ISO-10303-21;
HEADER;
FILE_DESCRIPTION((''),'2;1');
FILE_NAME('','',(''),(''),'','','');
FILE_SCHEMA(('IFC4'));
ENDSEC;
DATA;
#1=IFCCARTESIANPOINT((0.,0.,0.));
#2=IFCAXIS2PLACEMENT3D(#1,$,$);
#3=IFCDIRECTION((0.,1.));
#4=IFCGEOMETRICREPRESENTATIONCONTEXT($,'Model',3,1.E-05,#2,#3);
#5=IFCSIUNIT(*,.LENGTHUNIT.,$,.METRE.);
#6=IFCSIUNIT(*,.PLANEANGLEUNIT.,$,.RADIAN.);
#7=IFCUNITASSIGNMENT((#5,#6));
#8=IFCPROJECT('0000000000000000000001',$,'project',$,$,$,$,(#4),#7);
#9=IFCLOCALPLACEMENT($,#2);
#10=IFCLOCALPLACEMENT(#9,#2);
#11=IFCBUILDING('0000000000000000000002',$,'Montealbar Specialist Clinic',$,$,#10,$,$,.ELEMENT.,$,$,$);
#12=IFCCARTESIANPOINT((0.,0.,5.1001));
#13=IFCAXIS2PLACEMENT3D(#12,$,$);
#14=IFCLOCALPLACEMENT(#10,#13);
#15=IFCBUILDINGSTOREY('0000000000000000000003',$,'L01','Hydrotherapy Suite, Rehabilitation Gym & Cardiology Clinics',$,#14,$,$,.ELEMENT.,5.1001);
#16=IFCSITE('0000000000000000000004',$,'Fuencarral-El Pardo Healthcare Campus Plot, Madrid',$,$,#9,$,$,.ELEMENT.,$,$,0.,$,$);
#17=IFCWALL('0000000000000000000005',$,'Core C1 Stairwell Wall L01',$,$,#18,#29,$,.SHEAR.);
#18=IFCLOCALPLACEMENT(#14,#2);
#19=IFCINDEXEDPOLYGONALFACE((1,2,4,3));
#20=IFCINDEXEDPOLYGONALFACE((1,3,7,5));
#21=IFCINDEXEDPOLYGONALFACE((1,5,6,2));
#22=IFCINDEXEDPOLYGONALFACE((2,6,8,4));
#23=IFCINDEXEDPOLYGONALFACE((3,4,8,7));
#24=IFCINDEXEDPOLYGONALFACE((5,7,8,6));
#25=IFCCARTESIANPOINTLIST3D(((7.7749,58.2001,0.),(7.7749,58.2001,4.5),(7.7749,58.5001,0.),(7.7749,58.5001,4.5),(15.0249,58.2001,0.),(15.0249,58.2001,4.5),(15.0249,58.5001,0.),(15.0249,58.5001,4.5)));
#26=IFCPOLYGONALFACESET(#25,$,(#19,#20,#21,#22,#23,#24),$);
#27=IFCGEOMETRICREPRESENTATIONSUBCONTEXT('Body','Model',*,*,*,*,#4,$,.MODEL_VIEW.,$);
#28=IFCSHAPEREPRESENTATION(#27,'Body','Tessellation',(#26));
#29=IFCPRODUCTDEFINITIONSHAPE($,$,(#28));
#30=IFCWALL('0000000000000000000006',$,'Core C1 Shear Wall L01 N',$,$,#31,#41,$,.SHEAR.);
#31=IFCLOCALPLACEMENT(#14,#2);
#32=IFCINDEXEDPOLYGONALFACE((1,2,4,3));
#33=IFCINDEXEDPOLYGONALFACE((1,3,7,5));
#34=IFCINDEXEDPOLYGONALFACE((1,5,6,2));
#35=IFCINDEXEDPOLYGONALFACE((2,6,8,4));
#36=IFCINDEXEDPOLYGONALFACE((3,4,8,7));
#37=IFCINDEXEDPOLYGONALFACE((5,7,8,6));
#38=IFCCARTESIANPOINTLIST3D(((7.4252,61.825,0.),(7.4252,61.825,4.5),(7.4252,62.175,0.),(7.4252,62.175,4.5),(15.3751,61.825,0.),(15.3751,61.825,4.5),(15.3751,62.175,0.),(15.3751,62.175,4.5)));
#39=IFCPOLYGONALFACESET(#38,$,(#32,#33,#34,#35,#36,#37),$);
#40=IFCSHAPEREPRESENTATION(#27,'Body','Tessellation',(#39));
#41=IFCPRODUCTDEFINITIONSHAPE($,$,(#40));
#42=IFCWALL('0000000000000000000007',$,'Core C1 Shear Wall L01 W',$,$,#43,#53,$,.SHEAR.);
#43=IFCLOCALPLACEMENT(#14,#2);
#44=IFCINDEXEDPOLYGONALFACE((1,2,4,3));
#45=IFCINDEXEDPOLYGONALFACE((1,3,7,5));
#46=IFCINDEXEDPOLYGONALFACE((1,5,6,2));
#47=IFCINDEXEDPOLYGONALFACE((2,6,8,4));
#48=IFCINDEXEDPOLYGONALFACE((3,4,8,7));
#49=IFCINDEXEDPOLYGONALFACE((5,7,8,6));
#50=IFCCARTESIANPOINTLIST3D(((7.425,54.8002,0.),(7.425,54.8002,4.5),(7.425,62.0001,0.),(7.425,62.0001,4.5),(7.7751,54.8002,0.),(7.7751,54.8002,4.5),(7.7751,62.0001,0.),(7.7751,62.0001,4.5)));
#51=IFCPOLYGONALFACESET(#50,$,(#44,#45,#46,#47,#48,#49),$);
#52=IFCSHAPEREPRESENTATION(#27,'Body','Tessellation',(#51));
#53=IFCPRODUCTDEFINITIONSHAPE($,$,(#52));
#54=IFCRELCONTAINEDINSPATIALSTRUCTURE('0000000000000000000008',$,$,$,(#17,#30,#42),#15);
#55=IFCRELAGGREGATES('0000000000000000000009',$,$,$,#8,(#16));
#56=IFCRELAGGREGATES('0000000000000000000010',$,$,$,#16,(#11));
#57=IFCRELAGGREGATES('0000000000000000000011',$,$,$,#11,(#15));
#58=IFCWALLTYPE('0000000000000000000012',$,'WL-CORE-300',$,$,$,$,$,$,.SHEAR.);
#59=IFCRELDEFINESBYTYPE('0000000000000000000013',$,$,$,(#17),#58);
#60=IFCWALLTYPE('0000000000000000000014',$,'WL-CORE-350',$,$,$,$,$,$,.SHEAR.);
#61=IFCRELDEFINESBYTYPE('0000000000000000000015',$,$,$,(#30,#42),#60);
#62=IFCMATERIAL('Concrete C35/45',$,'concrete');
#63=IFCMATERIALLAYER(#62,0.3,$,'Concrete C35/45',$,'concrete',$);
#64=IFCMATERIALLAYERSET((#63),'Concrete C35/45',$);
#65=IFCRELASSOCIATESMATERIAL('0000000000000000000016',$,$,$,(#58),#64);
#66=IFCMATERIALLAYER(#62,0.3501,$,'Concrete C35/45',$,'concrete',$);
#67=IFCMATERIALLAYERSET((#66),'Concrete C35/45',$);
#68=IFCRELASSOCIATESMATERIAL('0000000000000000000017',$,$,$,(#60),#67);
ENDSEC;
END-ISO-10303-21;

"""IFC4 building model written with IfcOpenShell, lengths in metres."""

from ifc_helpers import new_model, si_unit, direction, frame, frame_2d, origin, place, context, subcontext, project, spatial, rectangle, extrude, material, layer, layer_set, type_object, element, save


model = new_model("IFC4")

# Units and contexts
model_context = context("Model", 3, precision=1e-05, world=origin(), true_north=direction((0.0, 1.0)))
body_context = subcontext(model_context, "Body", "Model", "MODEL_VIEW")
ifc_project = project(units=[si_unit("LENGTHUNIT", "METRE"), si_unit("PLANEANGLEUNIT", "RADIAN")], contexts=[model_context])

# Site, building, storey
site_placement = place(None, origin())
site = spatial("IfcSite", under=ifc_project, at=site_placement, Name="Fuencarral-El Pardo Healthcare Campus Plot, Madrid", CompositionType="ELEMENT", RefElevation=0.0)
building_placement = place(site_placement, origin())
building = spatial("IfcBuilding", under=site, at=building_placement, Name="Montealbar Specialist Clinic", CompositionType="ELEMENT")
storey_placement = place(building_placement, frame((0.0, 0.0, 5.1001)))
storey = spatial("IfcBuildingStorey", under=building, at=storey_placement, Name="L01", Description="Hydrotherapy Suite, Rehabilitation Gym & Cardiology Clinics", CompositionType="ELEMENT", Elevation=5.1001)

# Shared definitions
ifc_material_1 = material(Name="Concrete C35/45", Category="concrete")

# Wall
ifc_layer_1 = layer(ifc_material_1, 0.3, Name="Concrete C35/45", Category="concrete")
ifc_layer_set_1 = layer_set([ifc_layer_1], Name="Concrete C35/45")
wall_type_1 = type_object("IfcWallType", Name="WL-CORE-300", PredefinedType="SHEAR", material=ifc_layer_set_1)
wall_1_placement = place(storey_placement, frame((7.7749, 58.3501, 0.0), z_axis=(0.0, 0.0, 1.0), x_axis=(1.0, 0.0, 0.0)))
element("IfcWall", 1, at=wall_1_placement, inside=storey, type_object=wall_type_1, Name="Core C1 Stairwell Wall L01", PredefinedType="SHEAR", context=body_context, shape_type="SweptSolid", body=[
    extrude(rectangle(XDim=7.25, YDim=0.3, at=frame_2d((3.625, 0.0))), origin(), (0.0, 0.0, 1.0), 4.5),
])

# Shared definitions
ifc_layer_2 = layer(ifc_material_1, 0.3501, Name="Concrete C35/45", Category="concrete")
ifc_layer_set_2 = layer_set([ifc_layer_2], Name="Concrete C35/45")
wall_type_2 = type_object("IfcWallType", Name="WL-CORE-350", PredefinedType="SHEAR", material=ifc_layer_set_2)

# Walls
wall_2_placement = place(storey_placement, frame((7.425, 62.0, 0.0), z_axis=(0.0, 0.0, 1.0), x_axis=(1.0, 0.0, 0.0)))
element("IfcWall", 2, at=wall_2_placement, inside=storey, type_object=wall_type_2, Name="Core C1 Shear Wall L01 N", PredefinedType="SHEAR", context=body_context, shape_type="SweptSolid", body=[
    extrude(rectangle(XDim=7.95, YDim=0.3501, at=frame_2d((3.9751, 0.0))), origin(), (0.0, 0.0, 1.0), 4.5),
])
wall_3_placement = place(storey_placement, frame((7.6001, 54.8, 0.0), z_axis=(0.0, 0.0, 1.0), x_axis=(0.0, 1.0, 0.0)))
element("IfcWall", 3, at=wall_3_placement, inside=storey, type_object=wall_type_2, Name="Core C1 Shear Wall L01 W", PredefinedType="SHEAR", context=body_context, shape_type="SweptSolid", body=[
    extrude(rectangle(XDim=7.2, YDim=0.3501, at=frame_2d((3.6001, 0.0))), origin(), (0.0, 0.0, 1.0), 4.5),
])

save(model, "model.ifc")
